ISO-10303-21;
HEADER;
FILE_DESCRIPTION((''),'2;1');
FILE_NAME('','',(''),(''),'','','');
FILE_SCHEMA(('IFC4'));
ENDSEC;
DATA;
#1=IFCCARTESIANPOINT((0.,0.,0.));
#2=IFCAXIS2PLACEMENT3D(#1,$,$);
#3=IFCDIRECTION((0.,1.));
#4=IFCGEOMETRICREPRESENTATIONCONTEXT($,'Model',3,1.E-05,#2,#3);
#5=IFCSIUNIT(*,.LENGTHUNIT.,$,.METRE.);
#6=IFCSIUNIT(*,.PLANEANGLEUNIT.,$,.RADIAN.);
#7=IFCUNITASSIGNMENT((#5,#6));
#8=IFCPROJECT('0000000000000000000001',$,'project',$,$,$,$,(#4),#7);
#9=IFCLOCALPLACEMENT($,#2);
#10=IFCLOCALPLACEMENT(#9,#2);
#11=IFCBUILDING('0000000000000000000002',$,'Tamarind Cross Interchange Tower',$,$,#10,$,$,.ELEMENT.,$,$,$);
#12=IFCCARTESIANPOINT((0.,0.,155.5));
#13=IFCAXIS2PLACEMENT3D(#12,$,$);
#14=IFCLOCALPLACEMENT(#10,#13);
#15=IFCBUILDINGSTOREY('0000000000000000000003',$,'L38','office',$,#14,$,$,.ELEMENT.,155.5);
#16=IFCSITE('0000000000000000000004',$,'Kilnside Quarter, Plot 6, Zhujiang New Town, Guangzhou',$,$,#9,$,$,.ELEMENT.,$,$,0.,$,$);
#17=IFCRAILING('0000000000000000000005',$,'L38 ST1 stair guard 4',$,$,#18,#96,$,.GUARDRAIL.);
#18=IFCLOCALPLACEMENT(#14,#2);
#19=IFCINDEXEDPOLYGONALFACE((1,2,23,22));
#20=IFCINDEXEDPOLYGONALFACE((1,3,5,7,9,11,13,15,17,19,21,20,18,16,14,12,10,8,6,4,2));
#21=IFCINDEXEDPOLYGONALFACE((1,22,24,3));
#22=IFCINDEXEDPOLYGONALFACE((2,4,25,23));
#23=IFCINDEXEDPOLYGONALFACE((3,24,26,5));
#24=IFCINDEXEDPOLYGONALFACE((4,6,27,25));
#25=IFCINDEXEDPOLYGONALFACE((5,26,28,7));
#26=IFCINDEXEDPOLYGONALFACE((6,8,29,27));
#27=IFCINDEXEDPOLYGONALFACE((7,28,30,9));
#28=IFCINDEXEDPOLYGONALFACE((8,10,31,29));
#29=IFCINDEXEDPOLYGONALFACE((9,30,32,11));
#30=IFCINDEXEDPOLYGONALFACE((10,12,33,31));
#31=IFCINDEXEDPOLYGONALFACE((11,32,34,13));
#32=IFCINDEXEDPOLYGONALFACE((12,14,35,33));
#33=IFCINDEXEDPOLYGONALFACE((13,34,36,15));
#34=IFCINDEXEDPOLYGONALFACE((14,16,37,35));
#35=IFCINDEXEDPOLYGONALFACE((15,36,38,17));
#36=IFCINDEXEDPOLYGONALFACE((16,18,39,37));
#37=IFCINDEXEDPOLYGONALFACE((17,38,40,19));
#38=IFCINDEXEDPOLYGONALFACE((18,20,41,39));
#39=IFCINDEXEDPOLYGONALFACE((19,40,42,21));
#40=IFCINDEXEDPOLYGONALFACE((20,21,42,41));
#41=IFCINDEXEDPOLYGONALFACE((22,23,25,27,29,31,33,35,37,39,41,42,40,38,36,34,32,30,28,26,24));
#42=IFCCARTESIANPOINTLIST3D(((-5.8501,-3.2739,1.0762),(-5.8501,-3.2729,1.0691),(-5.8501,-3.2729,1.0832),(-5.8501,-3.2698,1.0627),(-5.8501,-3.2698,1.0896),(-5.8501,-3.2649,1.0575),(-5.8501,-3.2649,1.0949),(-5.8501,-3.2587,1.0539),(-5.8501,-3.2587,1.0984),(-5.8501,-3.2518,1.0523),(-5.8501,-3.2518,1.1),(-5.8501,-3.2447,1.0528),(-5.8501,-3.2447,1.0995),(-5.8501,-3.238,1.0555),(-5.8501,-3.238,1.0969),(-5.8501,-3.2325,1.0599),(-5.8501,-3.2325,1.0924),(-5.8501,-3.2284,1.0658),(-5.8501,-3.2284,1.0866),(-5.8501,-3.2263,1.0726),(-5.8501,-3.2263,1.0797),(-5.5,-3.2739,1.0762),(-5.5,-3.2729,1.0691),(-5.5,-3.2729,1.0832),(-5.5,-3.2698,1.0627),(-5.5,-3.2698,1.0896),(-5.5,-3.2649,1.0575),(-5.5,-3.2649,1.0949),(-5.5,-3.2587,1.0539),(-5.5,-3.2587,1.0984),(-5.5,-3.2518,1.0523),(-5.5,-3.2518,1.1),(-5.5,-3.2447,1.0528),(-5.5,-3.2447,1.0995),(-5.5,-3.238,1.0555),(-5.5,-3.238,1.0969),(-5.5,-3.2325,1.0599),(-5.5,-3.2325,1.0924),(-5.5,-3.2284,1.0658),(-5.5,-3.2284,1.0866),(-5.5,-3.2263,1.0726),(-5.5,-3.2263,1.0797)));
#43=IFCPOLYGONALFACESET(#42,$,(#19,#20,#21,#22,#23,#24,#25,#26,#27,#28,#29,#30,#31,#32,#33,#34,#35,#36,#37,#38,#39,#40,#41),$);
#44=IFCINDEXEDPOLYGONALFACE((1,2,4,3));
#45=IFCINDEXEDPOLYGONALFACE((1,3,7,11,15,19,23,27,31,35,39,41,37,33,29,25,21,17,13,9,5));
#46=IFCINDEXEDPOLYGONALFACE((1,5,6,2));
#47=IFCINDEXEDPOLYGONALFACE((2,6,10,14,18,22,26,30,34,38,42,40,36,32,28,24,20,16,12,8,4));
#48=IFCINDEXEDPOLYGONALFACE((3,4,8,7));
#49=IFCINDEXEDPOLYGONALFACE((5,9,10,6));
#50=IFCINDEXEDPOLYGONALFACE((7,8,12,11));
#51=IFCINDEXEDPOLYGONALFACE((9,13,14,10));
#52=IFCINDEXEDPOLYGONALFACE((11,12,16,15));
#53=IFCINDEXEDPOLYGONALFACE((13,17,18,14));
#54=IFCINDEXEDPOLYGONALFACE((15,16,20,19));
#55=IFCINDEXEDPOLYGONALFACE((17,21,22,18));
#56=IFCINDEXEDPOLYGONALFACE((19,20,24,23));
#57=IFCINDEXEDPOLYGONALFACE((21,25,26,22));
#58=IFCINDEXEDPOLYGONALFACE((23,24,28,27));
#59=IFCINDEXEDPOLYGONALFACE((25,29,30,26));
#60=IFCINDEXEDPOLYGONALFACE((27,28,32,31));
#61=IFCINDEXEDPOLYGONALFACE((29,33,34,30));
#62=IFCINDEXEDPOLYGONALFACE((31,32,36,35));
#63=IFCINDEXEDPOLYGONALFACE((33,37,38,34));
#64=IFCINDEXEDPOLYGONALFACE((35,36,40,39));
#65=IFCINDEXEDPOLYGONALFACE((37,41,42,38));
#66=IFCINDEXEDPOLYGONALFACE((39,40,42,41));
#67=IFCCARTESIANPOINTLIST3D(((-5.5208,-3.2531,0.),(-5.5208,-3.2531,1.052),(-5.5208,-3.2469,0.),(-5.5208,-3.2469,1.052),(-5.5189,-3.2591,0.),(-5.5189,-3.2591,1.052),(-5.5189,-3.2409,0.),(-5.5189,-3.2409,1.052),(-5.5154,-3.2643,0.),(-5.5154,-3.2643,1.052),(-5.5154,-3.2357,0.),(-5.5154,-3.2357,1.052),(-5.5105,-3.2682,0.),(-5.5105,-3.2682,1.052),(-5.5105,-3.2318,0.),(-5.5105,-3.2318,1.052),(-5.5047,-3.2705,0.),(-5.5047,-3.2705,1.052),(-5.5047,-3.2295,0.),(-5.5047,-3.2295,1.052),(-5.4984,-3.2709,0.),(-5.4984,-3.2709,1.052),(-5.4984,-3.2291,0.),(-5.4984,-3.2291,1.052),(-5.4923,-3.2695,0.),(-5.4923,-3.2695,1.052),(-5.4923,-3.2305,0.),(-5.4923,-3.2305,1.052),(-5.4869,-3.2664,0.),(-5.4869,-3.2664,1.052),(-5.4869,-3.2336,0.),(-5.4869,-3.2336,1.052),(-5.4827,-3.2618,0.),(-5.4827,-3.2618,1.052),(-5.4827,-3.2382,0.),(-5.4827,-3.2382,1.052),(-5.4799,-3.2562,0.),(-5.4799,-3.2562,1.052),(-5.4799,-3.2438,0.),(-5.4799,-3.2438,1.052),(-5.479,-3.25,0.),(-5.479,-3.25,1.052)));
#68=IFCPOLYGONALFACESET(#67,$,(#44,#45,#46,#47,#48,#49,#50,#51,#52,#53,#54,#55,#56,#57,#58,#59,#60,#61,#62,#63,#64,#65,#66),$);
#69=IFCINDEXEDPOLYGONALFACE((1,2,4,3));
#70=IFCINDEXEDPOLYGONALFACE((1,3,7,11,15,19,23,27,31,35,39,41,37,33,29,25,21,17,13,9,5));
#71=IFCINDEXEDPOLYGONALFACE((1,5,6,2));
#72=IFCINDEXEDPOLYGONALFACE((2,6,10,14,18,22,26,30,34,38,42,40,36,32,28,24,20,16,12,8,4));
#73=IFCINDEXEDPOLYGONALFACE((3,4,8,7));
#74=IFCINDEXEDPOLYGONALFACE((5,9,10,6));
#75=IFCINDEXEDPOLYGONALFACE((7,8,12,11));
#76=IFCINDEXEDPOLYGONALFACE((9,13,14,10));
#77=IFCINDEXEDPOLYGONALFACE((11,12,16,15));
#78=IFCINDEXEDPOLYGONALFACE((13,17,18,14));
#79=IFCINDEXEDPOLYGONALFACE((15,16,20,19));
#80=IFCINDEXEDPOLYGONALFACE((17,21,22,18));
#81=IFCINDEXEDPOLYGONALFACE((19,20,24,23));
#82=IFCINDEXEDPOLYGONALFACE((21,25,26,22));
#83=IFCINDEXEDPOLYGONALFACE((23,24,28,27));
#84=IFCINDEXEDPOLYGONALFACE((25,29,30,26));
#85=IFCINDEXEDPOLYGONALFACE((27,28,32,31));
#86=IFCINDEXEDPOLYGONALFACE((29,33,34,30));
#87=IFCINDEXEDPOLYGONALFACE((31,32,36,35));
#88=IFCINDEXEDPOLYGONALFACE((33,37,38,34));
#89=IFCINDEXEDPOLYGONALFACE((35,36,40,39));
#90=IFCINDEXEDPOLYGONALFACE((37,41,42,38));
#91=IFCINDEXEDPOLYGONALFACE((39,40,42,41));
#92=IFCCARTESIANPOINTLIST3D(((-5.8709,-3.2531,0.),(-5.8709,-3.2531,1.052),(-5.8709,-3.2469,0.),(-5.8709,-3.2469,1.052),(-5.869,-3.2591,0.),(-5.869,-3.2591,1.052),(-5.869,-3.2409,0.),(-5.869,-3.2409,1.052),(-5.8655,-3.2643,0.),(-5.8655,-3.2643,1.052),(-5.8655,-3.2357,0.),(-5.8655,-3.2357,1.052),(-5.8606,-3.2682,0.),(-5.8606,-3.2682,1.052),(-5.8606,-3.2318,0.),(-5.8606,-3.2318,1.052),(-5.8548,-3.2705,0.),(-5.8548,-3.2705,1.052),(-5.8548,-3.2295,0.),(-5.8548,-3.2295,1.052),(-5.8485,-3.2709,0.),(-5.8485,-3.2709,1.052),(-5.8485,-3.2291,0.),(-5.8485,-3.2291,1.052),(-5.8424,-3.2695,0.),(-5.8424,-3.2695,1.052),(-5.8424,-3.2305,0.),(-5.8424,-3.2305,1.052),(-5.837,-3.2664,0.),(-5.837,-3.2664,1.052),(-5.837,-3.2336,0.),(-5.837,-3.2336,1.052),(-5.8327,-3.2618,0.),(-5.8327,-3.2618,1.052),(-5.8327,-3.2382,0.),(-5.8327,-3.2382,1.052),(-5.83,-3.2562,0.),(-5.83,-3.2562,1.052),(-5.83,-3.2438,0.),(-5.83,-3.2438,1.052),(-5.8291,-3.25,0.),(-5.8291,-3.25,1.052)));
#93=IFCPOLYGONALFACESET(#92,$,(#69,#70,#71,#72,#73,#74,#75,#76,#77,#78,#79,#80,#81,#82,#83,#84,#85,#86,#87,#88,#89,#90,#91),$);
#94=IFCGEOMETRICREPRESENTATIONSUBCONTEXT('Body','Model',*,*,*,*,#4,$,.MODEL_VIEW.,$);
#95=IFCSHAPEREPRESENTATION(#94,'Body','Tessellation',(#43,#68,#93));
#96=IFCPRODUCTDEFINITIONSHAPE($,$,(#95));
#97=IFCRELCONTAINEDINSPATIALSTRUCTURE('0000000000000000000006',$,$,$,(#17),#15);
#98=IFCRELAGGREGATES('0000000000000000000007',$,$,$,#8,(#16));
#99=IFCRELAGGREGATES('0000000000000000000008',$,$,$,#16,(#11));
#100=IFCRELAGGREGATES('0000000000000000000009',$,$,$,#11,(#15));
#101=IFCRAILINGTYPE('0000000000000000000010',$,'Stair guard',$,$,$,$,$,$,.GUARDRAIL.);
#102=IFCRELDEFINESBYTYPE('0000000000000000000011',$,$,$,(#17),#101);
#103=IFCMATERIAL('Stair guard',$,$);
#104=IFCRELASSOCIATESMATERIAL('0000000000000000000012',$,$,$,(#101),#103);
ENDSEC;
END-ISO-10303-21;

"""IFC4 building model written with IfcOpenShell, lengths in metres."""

from ifc_helpers import new_model, si_unit, direction, frame, origin, origin_2d, place, context, subcontext, project, spatial, circle, extrude, material, type_object, element, save


model = new_model("IFC4")

# Units and contexts
model_context = context("Model", 3, precision=1e-05, world=origin(), true_north=direction((0.0, 1.0)))
body_context = subcontext(model_context, "Body", "Model", "MODEL_VIEW")
ifc_project = project(units=[si_unit("LENGTHUNIT", "METRE"), si_unit("PLANEANGLEUNIT", "RADIAN")], contexts=[model_context])

# Site, building, storey
site_placement = place(None, origin())
site = spatial("IfcSite", under=ifc_project, at=site_placement, Name="Kilnside Quarter, Plot 6, Zhujiang New Town, Guangzhou", CompositionType="ELEMENT", RefElevation=0.0)
building_placement = place(site_placement, origin())
building = spatial("IfcBuilding", under=site, at=building_placement, Name="Tamarind Cross Interchange Tower", CompositionType="ELEMENT")
storey_placement = place(building_placement, frame((0.0, 0.0, 155.5)))
storey = spatial("IfcBuildingStorey", under=building, at=storey_placement, Name="L38", Description="office", CompositionType="ELEMENT", Elevation=155.5)

# Railing
ifc_material_1 = material(Name="Stair guard")
railing_type_1 = type_object("IfcRailingType", Name="Stair guard", PredefinedType="GUARDRAIL", material=ifc_material_1)
railing_1_placement = place(storey_placement, frame((-5.5, -3.25, 0.0)))
element("IfcRailing", 1, at=railing_1_placement, inside=storey, type_object=railing_type_1, Name="L38 ST1 stair guard 4", PredefinedType="GUARDRAIL", context=body_context, shape_type="SweptSolid", body=[
    extrude(circle(Radius=0.0239, at=origin_2d()), frame((0.0, 0.0, 1.0762), z_axis=(-1.0, 0.0, 0.0), x_axis=(0.0, -1.0, 0.0)), (0.0, 0.0, 1.0), 0.3501),
    extrude(circle(Radius=0.021, at=origin_2d()), origin(), (0.0, 0.0, 1.0), 1.052),
    extrude(circle(Radius=0.021, at=origin_2d()), frame((-0.3501, 0.0, 0.0)), (0.0, 0.0, 1.0), 1.052),
])

save(model, "model.ifc")
